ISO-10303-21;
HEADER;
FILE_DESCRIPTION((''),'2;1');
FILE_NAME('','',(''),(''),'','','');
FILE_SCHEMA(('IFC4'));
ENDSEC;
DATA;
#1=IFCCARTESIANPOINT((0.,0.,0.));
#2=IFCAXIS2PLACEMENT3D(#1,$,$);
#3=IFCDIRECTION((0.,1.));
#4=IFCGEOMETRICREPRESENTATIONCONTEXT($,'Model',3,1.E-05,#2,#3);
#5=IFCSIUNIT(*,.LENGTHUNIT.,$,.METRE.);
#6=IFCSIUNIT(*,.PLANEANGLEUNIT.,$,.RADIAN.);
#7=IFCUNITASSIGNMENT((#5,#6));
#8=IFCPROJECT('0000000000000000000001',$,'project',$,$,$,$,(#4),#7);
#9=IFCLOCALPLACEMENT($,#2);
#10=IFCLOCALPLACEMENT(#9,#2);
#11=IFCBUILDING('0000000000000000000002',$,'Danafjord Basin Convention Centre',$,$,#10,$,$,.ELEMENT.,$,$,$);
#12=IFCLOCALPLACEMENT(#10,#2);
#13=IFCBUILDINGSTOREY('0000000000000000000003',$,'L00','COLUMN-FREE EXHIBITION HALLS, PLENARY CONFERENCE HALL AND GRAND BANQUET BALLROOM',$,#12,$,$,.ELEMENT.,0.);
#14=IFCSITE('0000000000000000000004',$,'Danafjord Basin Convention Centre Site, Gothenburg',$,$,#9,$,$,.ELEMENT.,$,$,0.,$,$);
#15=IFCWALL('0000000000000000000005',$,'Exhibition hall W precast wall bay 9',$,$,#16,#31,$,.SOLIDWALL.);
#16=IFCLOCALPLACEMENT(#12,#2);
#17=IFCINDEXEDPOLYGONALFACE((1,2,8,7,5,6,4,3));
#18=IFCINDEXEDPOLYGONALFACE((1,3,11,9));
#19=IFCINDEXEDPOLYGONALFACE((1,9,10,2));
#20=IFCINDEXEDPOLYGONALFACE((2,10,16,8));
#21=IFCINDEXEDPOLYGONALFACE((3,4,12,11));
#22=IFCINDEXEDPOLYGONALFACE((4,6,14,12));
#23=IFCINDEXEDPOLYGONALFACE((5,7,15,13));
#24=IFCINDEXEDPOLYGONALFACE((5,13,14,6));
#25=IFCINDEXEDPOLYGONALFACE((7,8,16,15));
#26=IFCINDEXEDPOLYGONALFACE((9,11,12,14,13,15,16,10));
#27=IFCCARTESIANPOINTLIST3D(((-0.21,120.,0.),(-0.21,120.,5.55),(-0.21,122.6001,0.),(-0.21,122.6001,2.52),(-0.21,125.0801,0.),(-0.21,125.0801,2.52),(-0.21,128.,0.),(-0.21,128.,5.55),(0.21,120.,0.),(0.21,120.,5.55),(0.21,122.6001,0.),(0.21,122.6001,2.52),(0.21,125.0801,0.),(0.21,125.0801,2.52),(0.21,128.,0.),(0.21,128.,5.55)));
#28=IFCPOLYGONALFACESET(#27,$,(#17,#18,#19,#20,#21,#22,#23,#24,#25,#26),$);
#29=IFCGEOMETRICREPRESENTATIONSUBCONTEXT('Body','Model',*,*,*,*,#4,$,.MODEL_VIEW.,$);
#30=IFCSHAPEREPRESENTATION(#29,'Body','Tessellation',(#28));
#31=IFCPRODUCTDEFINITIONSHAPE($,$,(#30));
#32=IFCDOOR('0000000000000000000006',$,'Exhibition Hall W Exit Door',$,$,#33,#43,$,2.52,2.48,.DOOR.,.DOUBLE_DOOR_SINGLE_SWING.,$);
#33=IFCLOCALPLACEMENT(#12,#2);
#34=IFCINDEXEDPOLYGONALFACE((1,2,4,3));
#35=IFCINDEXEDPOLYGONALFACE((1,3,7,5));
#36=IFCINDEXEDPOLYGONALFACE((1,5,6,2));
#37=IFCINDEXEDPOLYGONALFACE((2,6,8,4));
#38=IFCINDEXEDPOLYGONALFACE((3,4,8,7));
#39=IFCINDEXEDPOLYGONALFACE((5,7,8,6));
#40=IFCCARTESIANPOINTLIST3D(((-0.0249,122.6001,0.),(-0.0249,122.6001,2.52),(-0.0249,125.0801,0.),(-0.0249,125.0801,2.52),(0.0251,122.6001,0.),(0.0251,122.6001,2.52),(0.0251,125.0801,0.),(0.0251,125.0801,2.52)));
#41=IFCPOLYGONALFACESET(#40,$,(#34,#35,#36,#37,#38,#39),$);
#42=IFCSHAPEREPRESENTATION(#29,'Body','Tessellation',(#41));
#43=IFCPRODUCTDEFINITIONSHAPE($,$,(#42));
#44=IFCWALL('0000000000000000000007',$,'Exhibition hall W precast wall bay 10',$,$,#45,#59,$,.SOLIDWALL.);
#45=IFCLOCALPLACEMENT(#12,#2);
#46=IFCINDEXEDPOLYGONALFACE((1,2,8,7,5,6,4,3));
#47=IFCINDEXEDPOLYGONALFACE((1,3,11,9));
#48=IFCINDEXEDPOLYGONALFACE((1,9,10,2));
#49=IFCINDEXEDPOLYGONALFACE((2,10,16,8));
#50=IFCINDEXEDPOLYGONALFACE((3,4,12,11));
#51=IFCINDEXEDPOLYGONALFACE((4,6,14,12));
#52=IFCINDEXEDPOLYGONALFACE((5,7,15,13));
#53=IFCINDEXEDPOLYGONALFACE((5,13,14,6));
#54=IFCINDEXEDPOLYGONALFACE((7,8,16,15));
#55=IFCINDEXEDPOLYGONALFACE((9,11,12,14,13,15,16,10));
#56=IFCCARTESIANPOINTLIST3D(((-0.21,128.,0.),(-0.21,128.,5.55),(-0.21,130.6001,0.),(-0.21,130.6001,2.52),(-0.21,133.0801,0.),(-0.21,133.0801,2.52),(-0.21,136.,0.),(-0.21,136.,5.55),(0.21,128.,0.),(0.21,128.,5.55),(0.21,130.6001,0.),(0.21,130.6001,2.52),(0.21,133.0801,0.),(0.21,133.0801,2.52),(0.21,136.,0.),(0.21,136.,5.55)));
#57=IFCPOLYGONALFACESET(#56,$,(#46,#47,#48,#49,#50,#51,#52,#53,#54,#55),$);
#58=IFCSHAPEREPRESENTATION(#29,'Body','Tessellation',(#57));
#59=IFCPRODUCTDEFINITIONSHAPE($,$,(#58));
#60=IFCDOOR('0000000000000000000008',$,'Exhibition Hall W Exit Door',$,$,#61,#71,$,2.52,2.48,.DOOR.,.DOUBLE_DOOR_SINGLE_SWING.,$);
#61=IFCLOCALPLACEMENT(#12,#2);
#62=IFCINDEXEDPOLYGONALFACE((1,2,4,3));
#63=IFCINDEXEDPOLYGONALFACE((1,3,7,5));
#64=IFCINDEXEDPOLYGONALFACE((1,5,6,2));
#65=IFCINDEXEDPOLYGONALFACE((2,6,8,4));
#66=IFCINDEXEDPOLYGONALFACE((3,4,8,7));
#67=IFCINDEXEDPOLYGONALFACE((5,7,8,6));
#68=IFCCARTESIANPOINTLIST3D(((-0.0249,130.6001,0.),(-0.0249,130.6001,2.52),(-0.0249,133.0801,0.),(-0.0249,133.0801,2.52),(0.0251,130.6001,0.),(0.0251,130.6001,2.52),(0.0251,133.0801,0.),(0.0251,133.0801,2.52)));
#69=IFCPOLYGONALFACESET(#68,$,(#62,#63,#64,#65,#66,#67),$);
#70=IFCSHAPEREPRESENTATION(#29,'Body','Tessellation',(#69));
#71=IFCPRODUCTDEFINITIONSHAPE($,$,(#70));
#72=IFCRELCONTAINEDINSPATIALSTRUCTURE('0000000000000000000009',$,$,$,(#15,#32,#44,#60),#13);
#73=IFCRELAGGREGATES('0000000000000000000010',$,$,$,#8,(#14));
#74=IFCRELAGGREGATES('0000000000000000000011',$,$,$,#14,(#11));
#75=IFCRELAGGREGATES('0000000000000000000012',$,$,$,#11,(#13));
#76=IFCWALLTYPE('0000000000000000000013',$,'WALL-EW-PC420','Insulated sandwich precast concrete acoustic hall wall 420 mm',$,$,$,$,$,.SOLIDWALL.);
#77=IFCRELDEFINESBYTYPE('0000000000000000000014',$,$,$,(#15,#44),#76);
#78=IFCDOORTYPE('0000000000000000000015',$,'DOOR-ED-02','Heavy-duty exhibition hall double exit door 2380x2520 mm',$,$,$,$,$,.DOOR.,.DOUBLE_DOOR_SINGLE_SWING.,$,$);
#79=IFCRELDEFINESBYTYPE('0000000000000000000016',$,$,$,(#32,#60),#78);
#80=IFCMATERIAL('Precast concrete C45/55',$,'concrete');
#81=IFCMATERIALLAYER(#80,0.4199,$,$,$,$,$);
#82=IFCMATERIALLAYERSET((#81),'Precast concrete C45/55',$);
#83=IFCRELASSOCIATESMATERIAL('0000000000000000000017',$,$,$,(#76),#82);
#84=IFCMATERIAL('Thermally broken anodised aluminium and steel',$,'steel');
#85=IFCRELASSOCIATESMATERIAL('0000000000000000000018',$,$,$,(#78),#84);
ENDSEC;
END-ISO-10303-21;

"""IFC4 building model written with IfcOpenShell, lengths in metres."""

from ifc_helpers import new_model, si_unit, direction, frame, frame_2d, origin, place, context, subcontext, project, spatial, rectangle, extrude, material, layer, layer_set, type_object, element, fill, save


model = new_model("IFC4")

# Units and contexts
model_context = context("Model", 3, precision=1e-05, world=origin(), true_north=direction((0.0, 1.0)))
body_context = subcontext(model_context, "Body", "Model", "MODEL_VIEW")
ifc_project = project(units=[si_unit("LENGTHUNIT", "METRE"), si_unit("PLANEANGLEUNIT", "RADIAN")], contexts=[model_context])

# Site, building, storey
site_placement = place(None, origin())
site = spatial("IfcSite", under=ifc_project, at=site_placement, Name="Danafjord Basin Convention Centre Site, Gothenburg", CompositionType="ELEMENT", RefElevation=0.0)
building_placement = place(site_placement, origin())
building = spatial("IfcBuilding", under=site, at=building_placement, Name="Danafjord Basin Convention Centre", CompositionType="ELEMENT")
storey_placement = place(building_placement, origin())
storey = spatial("IfcBuildingStorey", under=building, at=storey_placement, Name="L00", Description="COLUMN-FREE EXHIBITION HALLS, PLENARY CONFERENCE HALL AND GRAND BANQUET BALLROOM", CompositionType="ELEMENT", Elevation=0.0)

# Shared definitions
ifc_material_1 = material(Name="Precast concrete C45/55", Category="concrete")

# Shared definitions
ifc_layer_1 = layer(ifc_material_1, 0.4199)
ifc_layer_set_1 = layer_set([ifc_layer_1], Name="Precast concrete C45/55")
wall_type = type_object("IfcWallType", Name="WALL-EW-PC420", Description="Insulated sandwich precast concrete acoustic hall wall 420 mm", PredefinedType="SOLIDWALL", material=ifc_layer_set_1)

# Walls, openings, doors
wall_1_placement = place(storey_placement, frame((0.0, 120.0, 0.0), z_axis=(0.0, 0.0, 1.0), x_axis=(0.0, 1.0, 0.0)))
wall_1 = element("IfcWall", 1, at=wall_1_placement, inside=storey, type_object=wall_type, Name="Exhibition hall W precast wall bay 9", PredefinedType="SOLIDWALL", context=body_context, shape_type="SweptSolid", body=[
    extrude(rectangle(XDim=8.0, YDim=0.4199, at=frame_2d((4.0, 0.0))), origin(), (0.0, 0.0, 1.0), 5.55),
])
opening_1_placement = place(wall_1_placement, frame((2.6001, 0.0, 0.0)))
opening_1 = element("IfcOpeningElement", 2, at=opening_1_placement, cuts=wall_1, PredefinedType="OPENING", context=body_context, shape_type="SweptSolid", body=[
    extrude(rectangle(XDim=2.48, YDim=2.52, at=frame_2d((1.24, 1.26))), frame((0.0, 0.22, 0.0), z_axis=(0.0, -1.0, 0.0), x_axis=(1.0, 0.0, 0.0)), (0.0, 0.0, 1.0), 0.4399),
])
ifc_material_2 = material(Name="Thermally broken anodised aluminium and steel", Category="steel")
door_type = type_object("IfcDoorType", Name="DOOR-ED-02", Description="Heavy-duty exhibition hall double exit door 2380x2520 mm", OperationType="DOUBLE_DOOR_SINGLE_SWING", PredefinedType="DOOR", material=ifc_material_2)
door_1_placement = place(opening_1_placement, origin())
door_1 = element("IfcDoor", 3, at=door_1_placement, inside=storey, type_object=door_type, Name="Exhibition Hall W Exit Door", OperationType="DOUBLE_DOOR_SINGLE_SWING", OverallHeight=2.52, OverallWidth=2.48, PredefinedType="DOOR", context=body_context, shape_type="SweptSolid", body=[
    extrude(rectangle(XDim=2.48, YDim=2.52, at=frame_2d((1.24, 1.26))), frame((0.0, 0.0249, 0.0), z_axis=(0.0, -1.0, 0.0), x_axis=(1.0, 0.0, 0.0)), (0.0, 0.0, 1.0), 0.05),
])
fill(opening_1, door_1)
wall_2_placement = place(storey_placement, frame((0.0, 128.0, 0.0), z_axis=(0.0, 0.0, 1.0), x_axis=(0.0, 1.0, 0.0)))
wall_2 = element("IfcWall", 4, at=wall_2_placement, inside=storey, type_object=wall_type, Name="Exhibition hall W precast wall bay 10", PredefinedType="SOLIDWALL", context=body_context, shape_type="SweptSolid", body=[
    extrude(rectangle(XDim=8.0, YDim=0.4199, at=frame_2d((4.0, 0.0))), origin(), (0.0, 0.0, 1.0), 5.55),
])
opening_2_placement = place(wall_2_placement, frame((2.6001, 0.0, 0.0)))
opening_2 = element("IfcOpeningElement", 5, at=opening_2_placement, cuts=wall_2, PredefinedType="OPENING", context=body_context, shape_type="SweptSolid", body=[
    extrude(rectangle(XDim=2.48, YDim=2.52, at=frame_2d((1.24, 1.26))), frame((0.0, 0.22, 0.0), z_axis=(0.0, -1.0, 0.0), x_axis=(1.0, 0.0, 0.0)), (0.0, 0.0, 1.0), 0.4399),
])
door_2_placement = place(opening_2_placement, origin())
door_2 = element("IfcDoor", 6, at=door_2_placement, inside=storey, type_object=door_type, Name="Exhibition Hall W Exit Door", OperationType="DOUBLE_DOOR_SINGLE_SWING", OverallHeight=2.52, OverallWidth=2.48, PredefinedType="DOOR", context=body_context, shape_type="SweptSolid", body=[
    extrude(rectangle(XDim=2.48, YDim=2.52, at=frame_2d((1.24, 1.26))), frame((0.0, 0.0249, 0.0), z_axis=(0.0, -1.0, 0.0), x_axis=(1.0, 0.0, 0.0)), (0.0, 0.0, 1.0), 0.05),
])
fill(opening_2, door_2)

save(model, "model.ifc")
